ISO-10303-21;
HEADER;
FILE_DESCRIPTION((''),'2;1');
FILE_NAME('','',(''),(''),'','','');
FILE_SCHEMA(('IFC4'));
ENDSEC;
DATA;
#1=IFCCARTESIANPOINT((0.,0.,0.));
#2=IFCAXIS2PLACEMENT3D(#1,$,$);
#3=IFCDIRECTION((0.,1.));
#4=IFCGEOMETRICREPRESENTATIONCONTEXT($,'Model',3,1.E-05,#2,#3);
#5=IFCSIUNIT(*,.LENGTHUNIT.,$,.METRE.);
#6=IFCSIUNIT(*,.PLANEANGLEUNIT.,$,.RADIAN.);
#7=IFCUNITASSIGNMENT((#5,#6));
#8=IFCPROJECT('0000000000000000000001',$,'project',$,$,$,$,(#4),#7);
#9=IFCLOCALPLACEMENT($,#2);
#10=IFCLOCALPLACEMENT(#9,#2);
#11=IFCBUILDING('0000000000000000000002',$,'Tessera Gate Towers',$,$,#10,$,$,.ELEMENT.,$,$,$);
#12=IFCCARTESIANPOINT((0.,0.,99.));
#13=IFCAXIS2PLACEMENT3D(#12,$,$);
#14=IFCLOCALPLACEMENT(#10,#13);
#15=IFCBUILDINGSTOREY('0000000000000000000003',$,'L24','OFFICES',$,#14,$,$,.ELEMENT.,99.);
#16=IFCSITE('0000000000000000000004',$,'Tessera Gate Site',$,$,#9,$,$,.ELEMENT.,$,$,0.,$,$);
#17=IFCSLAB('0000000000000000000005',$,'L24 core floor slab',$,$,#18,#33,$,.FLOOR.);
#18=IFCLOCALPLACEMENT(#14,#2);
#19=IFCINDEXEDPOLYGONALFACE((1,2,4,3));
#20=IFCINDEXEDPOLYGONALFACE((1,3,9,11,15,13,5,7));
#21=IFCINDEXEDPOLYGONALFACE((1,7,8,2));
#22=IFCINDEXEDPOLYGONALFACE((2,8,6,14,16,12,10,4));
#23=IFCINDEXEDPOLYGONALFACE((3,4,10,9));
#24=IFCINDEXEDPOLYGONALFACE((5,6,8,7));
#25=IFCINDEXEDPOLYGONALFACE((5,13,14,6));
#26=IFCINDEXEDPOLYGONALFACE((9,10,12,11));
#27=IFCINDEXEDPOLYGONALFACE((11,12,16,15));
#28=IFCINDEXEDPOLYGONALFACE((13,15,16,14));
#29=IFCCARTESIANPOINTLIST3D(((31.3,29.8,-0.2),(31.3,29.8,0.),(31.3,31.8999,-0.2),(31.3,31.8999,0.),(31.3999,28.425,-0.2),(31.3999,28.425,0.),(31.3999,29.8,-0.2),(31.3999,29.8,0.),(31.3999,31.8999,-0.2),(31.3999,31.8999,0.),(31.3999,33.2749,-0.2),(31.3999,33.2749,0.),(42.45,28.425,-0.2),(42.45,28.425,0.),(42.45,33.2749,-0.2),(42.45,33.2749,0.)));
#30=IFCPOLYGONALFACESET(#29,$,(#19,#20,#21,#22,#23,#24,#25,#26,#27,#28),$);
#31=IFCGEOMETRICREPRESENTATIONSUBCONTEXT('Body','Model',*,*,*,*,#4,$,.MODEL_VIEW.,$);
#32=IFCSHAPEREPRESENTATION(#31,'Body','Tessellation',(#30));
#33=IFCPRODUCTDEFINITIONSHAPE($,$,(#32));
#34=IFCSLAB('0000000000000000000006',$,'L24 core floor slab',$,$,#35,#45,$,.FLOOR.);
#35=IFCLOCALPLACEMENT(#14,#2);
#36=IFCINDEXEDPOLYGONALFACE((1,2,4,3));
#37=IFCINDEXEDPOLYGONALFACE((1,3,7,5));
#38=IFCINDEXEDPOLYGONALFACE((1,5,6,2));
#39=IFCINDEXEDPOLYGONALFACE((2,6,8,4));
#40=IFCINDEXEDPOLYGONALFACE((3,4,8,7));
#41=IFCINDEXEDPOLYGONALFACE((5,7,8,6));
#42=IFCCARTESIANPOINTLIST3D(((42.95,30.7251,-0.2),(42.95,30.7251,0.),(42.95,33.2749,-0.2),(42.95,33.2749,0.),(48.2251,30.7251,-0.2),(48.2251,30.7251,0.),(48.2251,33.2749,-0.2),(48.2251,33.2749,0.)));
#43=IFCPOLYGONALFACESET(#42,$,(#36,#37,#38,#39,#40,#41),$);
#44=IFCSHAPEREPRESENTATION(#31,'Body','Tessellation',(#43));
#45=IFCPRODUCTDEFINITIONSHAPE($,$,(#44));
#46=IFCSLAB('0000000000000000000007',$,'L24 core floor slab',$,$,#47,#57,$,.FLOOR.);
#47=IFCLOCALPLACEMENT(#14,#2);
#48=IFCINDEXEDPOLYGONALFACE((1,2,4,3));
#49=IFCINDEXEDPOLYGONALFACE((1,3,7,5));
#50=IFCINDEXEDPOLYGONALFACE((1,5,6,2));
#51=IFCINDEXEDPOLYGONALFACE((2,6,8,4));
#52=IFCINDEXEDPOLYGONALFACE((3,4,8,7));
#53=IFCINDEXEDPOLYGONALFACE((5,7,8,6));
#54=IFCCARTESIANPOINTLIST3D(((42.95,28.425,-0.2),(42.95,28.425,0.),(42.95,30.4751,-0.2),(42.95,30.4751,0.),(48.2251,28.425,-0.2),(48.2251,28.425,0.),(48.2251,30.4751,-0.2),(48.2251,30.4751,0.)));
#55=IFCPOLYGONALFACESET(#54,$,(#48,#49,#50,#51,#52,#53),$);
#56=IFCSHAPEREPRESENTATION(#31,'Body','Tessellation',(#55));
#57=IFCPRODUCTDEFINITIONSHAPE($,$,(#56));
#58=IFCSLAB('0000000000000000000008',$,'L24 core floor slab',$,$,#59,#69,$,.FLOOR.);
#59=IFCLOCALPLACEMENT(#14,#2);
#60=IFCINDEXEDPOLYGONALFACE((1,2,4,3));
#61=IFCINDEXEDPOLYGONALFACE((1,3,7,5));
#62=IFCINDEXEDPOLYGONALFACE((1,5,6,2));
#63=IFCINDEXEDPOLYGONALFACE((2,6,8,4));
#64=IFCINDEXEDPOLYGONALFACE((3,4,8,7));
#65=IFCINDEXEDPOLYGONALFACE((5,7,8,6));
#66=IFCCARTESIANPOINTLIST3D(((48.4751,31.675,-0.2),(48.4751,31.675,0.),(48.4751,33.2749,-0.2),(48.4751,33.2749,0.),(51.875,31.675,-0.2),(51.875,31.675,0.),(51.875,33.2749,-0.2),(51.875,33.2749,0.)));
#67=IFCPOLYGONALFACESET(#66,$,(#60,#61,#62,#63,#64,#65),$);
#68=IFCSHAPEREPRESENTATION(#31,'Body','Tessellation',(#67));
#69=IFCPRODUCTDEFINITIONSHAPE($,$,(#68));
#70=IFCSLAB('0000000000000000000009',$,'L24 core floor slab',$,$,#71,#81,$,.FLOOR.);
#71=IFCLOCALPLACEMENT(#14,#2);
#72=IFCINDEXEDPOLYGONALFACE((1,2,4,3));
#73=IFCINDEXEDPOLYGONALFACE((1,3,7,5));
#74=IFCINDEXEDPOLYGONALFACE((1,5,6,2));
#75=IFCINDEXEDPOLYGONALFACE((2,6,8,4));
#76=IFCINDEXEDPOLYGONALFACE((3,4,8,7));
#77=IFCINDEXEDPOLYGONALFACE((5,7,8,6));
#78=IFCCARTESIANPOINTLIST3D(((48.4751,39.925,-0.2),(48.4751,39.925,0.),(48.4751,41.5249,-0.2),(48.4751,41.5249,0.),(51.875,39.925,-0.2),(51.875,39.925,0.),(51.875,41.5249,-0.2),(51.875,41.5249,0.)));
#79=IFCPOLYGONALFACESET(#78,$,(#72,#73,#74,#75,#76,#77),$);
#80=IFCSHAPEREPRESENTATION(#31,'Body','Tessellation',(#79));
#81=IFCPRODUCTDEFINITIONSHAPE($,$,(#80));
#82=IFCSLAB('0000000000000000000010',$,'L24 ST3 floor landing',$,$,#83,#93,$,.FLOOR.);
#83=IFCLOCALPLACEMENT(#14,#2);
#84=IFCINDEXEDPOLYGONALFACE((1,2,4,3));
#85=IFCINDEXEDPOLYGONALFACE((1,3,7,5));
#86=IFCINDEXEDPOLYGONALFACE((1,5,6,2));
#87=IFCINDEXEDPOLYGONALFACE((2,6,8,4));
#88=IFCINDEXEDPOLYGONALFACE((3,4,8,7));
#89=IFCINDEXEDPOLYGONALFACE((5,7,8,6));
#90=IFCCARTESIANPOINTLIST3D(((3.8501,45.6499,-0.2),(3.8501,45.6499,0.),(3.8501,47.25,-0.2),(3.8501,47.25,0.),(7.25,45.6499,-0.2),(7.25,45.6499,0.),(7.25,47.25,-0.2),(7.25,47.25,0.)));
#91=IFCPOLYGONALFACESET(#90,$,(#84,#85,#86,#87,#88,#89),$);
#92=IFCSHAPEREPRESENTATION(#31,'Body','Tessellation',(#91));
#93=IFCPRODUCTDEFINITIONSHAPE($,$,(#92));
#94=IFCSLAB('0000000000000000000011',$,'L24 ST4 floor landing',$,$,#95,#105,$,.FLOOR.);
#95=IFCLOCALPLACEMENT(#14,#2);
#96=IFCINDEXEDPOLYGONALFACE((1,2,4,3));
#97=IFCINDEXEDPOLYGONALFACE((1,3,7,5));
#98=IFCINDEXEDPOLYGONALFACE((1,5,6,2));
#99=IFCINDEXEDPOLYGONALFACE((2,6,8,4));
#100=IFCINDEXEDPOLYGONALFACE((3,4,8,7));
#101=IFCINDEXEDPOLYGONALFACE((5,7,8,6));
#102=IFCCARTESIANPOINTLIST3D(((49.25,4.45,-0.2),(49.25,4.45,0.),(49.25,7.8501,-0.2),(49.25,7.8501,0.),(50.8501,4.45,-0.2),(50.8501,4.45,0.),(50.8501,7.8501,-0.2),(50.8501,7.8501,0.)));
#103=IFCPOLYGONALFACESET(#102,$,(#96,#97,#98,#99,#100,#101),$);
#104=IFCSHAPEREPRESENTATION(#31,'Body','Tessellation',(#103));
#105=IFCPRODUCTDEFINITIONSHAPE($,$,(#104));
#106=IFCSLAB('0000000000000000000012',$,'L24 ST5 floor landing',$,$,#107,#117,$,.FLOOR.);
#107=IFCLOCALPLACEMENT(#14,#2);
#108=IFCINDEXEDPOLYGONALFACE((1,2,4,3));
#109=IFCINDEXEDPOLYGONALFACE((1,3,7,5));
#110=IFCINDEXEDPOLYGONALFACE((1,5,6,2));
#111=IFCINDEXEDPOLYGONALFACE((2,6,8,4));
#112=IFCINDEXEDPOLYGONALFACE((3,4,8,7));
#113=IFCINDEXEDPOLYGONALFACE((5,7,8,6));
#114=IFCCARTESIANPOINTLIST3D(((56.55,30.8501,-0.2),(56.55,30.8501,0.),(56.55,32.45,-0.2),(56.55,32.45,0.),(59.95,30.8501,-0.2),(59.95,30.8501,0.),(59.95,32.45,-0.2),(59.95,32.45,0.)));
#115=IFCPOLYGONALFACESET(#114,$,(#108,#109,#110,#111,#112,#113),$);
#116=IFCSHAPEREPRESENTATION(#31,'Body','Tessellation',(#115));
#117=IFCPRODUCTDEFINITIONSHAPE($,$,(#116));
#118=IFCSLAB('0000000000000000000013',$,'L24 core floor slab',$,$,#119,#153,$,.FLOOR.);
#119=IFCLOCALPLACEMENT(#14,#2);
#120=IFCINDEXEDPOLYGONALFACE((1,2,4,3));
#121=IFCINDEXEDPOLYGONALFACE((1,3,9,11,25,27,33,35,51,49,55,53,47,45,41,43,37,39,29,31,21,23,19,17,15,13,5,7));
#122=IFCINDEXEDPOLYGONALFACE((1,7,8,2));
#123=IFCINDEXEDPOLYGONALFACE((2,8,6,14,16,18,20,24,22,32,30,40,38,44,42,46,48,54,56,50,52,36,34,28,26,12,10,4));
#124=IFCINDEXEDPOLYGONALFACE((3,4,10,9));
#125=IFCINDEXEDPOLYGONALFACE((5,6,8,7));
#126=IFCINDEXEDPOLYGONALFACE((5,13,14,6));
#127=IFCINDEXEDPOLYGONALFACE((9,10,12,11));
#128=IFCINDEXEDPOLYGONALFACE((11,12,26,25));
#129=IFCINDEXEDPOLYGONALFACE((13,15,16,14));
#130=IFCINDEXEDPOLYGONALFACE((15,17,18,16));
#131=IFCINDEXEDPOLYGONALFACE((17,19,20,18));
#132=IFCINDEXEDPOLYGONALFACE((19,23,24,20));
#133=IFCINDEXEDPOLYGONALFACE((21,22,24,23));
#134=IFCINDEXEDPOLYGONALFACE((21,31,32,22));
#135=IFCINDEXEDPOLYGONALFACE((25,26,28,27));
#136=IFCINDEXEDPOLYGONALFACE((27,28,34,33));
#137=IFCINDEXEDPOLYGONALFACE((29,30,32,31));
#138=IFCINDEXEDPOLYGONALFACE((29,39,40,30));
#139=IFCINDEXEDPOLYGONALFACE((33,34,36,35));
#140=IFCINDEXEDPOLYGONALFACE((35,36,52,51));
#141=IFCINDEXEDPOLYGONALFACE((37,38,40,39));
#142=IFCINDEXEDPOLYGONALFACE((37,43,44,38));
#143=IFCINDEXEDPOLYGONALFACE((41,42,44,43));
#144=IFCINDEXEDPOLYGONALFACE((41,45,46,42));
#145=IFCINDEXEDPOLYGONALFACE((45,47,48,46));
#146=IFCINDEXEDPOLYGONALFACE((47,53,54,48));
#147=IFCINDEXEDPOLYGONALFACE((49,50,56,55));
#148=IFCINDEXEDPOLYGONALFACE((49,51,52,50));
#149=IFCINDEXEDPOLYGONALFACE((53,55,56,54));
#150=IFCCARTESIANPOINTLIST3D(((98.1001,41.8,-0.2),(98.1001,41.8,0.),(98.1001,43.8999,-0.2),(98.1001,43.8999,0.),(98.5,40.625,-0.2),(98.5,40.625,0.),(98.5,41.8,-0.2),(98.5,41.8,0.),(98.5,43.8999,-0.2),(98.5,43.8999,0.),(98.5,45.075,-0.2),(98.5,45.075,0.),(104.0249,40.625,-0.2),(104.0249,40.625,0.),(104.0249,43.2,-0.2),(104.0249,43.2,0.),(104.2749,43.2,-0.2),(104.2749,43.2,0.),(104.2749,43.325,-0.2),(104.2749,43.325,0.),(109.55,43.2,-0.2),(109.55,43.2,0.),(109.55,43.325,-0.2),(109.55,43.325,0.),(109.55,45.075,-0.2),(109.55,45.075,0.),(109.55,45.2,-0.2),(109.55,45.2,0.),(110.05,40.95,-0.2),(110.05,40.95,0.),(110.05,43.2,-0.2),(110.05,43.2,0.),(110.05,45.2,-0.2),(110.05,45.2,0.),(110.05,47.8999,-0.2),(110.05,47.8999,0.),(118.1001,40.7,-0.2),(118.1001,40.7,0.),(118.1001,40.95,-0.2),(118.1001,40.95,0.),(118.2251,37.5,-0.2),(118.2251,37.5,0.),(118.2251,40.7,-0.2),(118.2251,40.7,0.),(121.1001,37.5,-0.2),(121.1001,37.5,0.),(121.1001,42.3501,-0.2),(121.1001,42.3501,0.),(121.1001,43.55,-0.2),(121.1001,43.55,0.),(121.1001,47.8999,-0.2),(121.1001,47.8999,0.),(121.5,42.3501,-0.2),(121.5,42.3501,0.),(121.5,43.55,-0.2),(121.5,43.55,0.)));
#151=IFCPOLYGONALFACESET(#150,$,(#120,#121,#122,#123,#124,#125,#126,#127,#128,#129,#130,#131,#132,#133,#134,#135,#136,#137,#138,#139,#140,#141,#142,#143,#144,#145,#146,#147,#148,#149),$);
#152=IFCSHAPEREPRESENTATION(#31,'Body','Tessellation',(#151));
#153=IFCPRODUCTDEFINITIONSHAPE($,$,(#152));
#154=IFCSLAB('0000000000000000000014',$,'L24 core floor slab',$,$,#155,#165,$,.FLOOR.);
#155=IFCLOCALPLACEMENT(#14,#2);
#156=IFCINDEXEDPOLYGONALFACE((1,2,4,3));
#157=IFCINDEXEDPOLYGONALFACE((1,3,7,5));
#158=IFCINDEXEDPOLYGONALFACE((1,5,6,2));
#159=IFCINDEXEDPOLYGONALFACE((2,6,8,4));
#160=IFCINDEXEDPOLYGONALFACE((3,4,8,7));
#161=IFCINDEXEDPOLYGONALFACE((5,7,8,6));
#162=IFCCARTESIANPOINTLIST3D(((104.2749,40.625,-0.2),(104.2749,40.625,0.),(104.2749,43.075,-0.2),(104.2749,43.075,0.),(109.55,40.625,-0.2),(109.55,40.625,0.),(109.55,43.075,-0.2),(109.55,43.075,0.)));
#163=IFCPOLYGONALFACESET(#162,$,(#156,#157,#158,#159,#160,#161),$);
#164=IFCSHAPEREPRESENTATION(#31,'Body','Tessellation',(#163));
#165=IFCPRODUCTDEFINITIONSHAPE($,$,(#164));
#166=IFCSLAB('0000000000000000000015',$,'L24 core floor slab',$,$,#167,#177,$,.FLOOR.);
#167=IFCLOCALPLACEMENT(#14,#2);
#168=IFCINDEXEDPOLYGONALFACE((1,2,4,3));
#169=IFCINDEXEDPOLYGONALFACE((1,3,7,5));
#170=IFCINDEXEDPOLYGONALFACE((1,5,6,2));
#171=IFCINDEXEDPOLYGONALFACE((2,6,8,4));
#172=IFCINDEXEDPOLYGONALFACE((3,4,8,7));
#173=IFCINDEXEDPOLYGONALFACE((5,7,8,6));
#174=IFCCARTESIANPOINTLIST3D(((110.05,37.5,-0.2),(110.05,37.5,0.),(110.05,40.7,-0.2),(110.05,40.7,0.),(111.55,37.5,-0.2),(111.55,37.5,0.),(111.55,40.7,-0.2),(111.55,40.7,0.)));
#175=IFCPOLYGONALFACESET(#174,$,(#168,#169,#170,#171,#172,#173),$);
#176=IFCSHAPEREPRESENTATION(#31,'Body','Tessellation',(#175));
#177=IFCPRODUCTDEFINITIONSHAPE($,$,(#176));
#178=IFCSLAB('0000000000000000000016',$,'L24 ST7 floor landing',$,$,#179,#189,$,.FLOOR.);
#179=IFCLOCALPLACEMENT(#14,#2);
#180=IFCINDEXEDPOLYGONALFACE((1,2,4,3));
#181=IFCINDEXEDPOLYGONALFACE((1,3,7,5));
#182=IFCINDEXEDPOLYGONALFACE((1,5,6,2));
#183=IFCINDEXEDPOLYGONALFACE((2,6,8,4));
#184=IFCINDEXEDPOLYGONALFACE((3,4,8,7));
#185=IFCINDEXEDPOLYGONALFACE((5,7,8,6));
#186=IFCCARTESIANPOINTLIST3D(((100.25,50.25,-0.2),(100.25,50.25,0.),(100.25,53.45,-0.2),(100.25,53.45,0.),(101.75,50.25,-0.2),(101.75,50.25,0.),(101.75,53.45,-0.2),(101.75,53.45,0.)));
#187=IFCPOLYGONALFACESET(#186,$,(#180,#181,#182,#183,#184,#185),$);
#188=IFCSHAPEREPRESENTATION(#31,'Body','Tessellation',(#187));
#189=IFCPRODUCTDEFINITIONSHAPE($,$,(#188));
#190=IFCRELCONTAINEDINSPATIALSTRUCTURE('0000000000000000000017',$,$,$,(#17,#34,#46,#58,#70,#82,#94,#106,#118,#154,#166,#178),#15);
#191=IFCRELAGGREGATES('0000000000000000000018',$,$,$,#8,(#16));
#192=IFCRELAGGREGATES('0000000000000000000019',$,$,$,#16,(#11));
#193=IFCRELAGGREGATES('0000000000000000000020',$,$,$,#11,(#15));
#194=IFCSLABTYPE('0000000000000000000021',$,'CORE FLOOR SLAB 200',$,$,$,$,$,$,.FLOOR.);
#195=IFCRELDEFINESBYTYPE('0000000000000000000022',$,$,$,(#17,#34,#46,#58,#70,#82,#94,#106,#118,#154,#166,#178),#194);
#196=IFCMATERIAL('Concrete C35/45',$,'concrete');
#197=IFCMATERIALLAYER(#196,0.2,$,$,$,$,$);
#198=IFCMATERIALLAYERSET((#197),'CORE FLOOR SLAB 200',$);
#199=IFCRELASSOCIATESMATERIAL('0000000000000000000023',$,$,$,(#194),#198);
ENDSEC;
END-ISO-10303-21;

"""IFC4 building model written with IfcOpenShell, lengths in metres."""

from ifc_helpers import new_model, si_unit, direction, frame, origin, place, context, subcontext, project, spatial, polyline, outline, extrude, material, layer, layer_set, type_object, element, save


model = new_model("IFC4")

# Units and contexts
model_context = context("Model", 3, precision=1e-05, world=origin(), true_north=direction((0.0, 1.0)))
body_context = subcontext(model_context, "Body", "Model", "MODEL_VIEW")
ifc_project = project(units=[si_unit("LENGTHUNIT", "METRE"), si_unit("PLANEANGLEUNIT", "RADIAN")], contexts=[model_context])

# Site, building, storey
site_placement = place(None, origin())
site = spatial("IfcSite", under=ifc_project, at=site_placement, Name="Tessera Gate Site", CompositionType="ELEMENT", RefElevation=0.0)
building_placement = place(site_placement, origin())
building = spatial("IfcBuilding", under=site, at=building_placement, Name="Tessera Gate Towers", CompositionType="ELEMENT")
storey_placement = place(building_placement, frame((0.0, 0.0, 99.0)))
storey = spatial("IfcBuildingStorey", under=building, at=storey_placement, Name="L24", Description="OFFICES", CompositionType="ELEMENT", Elevation=99.0)

# Slabs
ifc_material_1 = material(Name="Concrete C35/45", Category="concrete")
ifc_layer_1 = layer(ifc_material_1, 0.2)
ifc_layer_set_1 = layer_set([ifc_layer_1], Name="CORE FLOOR SLAB 200")
slab_type_1 = type_object("IfcSlabType", Name="CORE FLOOR SLAB 200", PredefinedType="FLOOR", material=ifc_layer_set_1)
slab_1_placement = place(storey_placement, frame((0.0, 0.0, -0.2)))
element("IfcSlab", 1, at=slab_1_placement, inside=storey, type_object=slab_type_1, Name="L24 core floor slab", PredefinedType="FLOOR", context=body_context, shape_type="SweptSolid", body=[
    extrude(outline(polyline([(31.3999, 29.8), (31.3999, 28.425), (42.45, 28.425), (42.45, 33.2749), (31.3999, 33.2749), (31.3999, 31.8999), (31.3, 31.8999), (31.3, 29.8), (31.3999, 29.8)])), origin(), (0.0, 0.0, 1.0), 0.2),
])
slab_2_placement = place(storey_placement, frame((0.0, 0.0, -0.2)))
element("IfcSlab", 2, at=slab_2_placement, inside=storey, type_object=slab_type_1, Name="L24 core floor slab", PredefinedType="FLOOR", context=body_context, shape_type="SweptSolid", body=[
    extrude(outline(polyline([(42.95, 33.2749), (42.95, 30.7251), (48.2251, 30.7251), (48.2251, 33.2749), (42.95, 33.2749)])), origin(), (0.0, 0.0, 1.0), 0.2),
])
slab_3_placement = place(storey_placement, frame((0.0, 0.0, -0.2)))
element("IfcSlab", 3, at=slab_3_placement, inside=storey, type_object=slab_type_1, Name="L24 core floor slab", PredefinedType="FLOOR", context=body_context, shape_type="SweptSolid", body=[
    extrude(outline(polyline([(42.95, 30.4751), (42.95, 28.425), (48.2251, 28.425), (48.2251, 30.4751), (42.95, 30.4751)])), origin(), (0.0, 0.0, 1.0), 0.2),
])
slab_4_placement = place(storey_placement, frame((0.0, 0.0, -0.2)))
element("IfcSlab", 4, at=slab_4_placement, inside=storey, type_object=slab_type_1, Name="L24 core floor slab", PredefinedType="FLOOR", context=body_context, shape_type="SweptSolid", body=[
    extrude(outline(polyline([(51.875, 31.675), (51.875, 33.2749), (48.4751, 33.2749), (48.4751, 31.675), (51.875, 31.675)])), origin(), (0.0, 0.0, 1.0), 0.2),
])
slab_5_placement = place(storey_placement, frame((0.0, 0.0, -0.2)))
element("IfcSlab", 5, at=slab_5_placement, inside=storey, type_object=slab_type_1, Name="L24 core floor slab", PredefinedType="FLOOR", context=body_context, shape_type="SweptSolid", body=[
    extrude(outline(polyline([(48.4751, 41.5249), (48.4751, 39.925), (51.875, 39.925), (51.875, 41.5249), (48.4751, 41.5249)])), origin(), (0.0, 0.0, 1.0), 0.2),
])
slab_6_placement = place(storey_placement, frame((0.0, 0.0, -0.2)))
element("IfcSlab", 6, at=slab_6_placement, inside=storey, type_object=slab_type_1, Name="L24 ST3 floor landing", PredefinedType="FLOOR", context=body_context, shape_type="SweptSolid", body=[
    extrude(outline(polyline([(3.8501, 47.25), (3.8501, 45.6499), (7.25, 45.6499), (7.25, 47.25), (3.8501, 47.25)])), origin(), (0.0, 0.0, 1.0), 0.2),
])
slab_7_placement = place(storey_placement, frame((0.0, 0.0, -0.2)))
element("IfcSlab", 7, at=slab_7_placement, inside=storey, type_object=slab_type_1, Name="L24 ST4 floor landing", PredefinedType="FLOOR", context=body_context, shape_type="SweptSolid", body=[
    extrude(outline(polyline([(49.25, 4.45), (50.8501, 4.45), (50.8501, 7.8501), (49.25, 7.8501), (49.25, 4.45)])), origin(), (0.0, 0.0, 1.0), 0.2),
])
slab_8_placement = place(storey_placement, frame((0.0, 0.0, -0.2)))
element("IfcSlab", 8, at=slab_8_placement, inside=storey, type_object=slab_type_1, Name="L24 ST5 floor landing", PredefinedType="FLOOR", context=body_context, shape_type="SweptSolid", body=[
    extrude(outline(polyline([(59.95, 30.8501), (59.95, 32.45), (56.55, 32.45), (56.55, 30.8501), (59.95, 30.8501)])), origin(), (0.0, 0.0, 1.0), 0.2),
])
slab_9_placement = place(storey_placement, frame((0.0, 0.0, -0.2)))
element("IfcSlab", 9, at=slab_9_placement, inside=storey, type_object=slab_type_1, Name="L24 core floor slab", PredefinedType="FLOOR", context=body_context, shape_type="SweptSolid", body=[
    extrude(outline(polyline([(109.55, 45.2), (109.55, 45.075), (98.5, 45.075), (98.5, 43.8999), (98.1001, 43.8999), (98.1001, 41.8), (98.5, 41.8), (98.5, 40.625), (104.0249, 40.625), (104.0249, 43.2), (104.2749, 43.2), (104.2749, 43.325), (109.55, 43.325), (109.55, 43.2), (110.05, 43.2), (110.05, 40.95), (118.1001, 40.95), (118.1001, 40.7), (118.2251, 40.7), (118.2251, 37.5), (121.1001, 37.5), (121.1001, 42.3501), (121.5, 42.3501), (121.5, 43.55), (121.1001, 43.55), (121.1001, 47.8999), (110.05, 47.8999), (110.05, 45.2), (109.55, 45.2)])), origin(), (0.0, 0.0, 1.0), 0.2),
])
slab_10_placement = place(storey_placement, frame((0.0, 0.0, -0.2)))
element("IfcSlab", 10, at=slab_10_placement, inside=storey, type_object=slab_type_1, Name="L24 core floor slab", PredefinedType="FLOOR", context=body_context, shape_type="SweptSolid", body=[
    extrude(outline(polyline([(109.55, 43.075), (104.2749, 43.075), (104.2749, 40.625), (109.55, 40.625), (109.55, 43.075)])), origin(), (0.0, 0.0, 1.0), 0.2),
])
slab_11_placement = place(storey_placement, frame((0.0, 0.0, -0.2)))
element("IfcSlab", 11, at=slab_11_placement, inside=storey, type_object=slab_type_1, Name="L24 core floor slab", PredefinedType="FLOOR", context=body_context, shape_type="SweptSolid", body=[
    extrude(outline(polyline([(111.55, 37.5), (111.55, 40.7), (110.05, 40.7), (110.05, 37.5), (111.55, 37.5)])), origin(), (0.0, 0.0, 1.0), 0.2),
])
slab_12_placement = place(storey_placement, frame((0.0, 0.0, -0.2)))
element("IfcSlab", 12, at=slab_12_placement, inside=storey, type_object=slab_type_1, Name="L24 ST7 floor landing", PredefinedType="FLOOR", context=body_context, shape_type="SweptSolid", body=[
    extrude(outline(polyline([(100.25, 50.25), (101.75, 50.25), (101.75, 53.45), (100.25, 53.45), (100.25, 50.25)])), origin(), (0.0, 0.0, 1.0), 0.2),
])

save(model, "model.ifc")
